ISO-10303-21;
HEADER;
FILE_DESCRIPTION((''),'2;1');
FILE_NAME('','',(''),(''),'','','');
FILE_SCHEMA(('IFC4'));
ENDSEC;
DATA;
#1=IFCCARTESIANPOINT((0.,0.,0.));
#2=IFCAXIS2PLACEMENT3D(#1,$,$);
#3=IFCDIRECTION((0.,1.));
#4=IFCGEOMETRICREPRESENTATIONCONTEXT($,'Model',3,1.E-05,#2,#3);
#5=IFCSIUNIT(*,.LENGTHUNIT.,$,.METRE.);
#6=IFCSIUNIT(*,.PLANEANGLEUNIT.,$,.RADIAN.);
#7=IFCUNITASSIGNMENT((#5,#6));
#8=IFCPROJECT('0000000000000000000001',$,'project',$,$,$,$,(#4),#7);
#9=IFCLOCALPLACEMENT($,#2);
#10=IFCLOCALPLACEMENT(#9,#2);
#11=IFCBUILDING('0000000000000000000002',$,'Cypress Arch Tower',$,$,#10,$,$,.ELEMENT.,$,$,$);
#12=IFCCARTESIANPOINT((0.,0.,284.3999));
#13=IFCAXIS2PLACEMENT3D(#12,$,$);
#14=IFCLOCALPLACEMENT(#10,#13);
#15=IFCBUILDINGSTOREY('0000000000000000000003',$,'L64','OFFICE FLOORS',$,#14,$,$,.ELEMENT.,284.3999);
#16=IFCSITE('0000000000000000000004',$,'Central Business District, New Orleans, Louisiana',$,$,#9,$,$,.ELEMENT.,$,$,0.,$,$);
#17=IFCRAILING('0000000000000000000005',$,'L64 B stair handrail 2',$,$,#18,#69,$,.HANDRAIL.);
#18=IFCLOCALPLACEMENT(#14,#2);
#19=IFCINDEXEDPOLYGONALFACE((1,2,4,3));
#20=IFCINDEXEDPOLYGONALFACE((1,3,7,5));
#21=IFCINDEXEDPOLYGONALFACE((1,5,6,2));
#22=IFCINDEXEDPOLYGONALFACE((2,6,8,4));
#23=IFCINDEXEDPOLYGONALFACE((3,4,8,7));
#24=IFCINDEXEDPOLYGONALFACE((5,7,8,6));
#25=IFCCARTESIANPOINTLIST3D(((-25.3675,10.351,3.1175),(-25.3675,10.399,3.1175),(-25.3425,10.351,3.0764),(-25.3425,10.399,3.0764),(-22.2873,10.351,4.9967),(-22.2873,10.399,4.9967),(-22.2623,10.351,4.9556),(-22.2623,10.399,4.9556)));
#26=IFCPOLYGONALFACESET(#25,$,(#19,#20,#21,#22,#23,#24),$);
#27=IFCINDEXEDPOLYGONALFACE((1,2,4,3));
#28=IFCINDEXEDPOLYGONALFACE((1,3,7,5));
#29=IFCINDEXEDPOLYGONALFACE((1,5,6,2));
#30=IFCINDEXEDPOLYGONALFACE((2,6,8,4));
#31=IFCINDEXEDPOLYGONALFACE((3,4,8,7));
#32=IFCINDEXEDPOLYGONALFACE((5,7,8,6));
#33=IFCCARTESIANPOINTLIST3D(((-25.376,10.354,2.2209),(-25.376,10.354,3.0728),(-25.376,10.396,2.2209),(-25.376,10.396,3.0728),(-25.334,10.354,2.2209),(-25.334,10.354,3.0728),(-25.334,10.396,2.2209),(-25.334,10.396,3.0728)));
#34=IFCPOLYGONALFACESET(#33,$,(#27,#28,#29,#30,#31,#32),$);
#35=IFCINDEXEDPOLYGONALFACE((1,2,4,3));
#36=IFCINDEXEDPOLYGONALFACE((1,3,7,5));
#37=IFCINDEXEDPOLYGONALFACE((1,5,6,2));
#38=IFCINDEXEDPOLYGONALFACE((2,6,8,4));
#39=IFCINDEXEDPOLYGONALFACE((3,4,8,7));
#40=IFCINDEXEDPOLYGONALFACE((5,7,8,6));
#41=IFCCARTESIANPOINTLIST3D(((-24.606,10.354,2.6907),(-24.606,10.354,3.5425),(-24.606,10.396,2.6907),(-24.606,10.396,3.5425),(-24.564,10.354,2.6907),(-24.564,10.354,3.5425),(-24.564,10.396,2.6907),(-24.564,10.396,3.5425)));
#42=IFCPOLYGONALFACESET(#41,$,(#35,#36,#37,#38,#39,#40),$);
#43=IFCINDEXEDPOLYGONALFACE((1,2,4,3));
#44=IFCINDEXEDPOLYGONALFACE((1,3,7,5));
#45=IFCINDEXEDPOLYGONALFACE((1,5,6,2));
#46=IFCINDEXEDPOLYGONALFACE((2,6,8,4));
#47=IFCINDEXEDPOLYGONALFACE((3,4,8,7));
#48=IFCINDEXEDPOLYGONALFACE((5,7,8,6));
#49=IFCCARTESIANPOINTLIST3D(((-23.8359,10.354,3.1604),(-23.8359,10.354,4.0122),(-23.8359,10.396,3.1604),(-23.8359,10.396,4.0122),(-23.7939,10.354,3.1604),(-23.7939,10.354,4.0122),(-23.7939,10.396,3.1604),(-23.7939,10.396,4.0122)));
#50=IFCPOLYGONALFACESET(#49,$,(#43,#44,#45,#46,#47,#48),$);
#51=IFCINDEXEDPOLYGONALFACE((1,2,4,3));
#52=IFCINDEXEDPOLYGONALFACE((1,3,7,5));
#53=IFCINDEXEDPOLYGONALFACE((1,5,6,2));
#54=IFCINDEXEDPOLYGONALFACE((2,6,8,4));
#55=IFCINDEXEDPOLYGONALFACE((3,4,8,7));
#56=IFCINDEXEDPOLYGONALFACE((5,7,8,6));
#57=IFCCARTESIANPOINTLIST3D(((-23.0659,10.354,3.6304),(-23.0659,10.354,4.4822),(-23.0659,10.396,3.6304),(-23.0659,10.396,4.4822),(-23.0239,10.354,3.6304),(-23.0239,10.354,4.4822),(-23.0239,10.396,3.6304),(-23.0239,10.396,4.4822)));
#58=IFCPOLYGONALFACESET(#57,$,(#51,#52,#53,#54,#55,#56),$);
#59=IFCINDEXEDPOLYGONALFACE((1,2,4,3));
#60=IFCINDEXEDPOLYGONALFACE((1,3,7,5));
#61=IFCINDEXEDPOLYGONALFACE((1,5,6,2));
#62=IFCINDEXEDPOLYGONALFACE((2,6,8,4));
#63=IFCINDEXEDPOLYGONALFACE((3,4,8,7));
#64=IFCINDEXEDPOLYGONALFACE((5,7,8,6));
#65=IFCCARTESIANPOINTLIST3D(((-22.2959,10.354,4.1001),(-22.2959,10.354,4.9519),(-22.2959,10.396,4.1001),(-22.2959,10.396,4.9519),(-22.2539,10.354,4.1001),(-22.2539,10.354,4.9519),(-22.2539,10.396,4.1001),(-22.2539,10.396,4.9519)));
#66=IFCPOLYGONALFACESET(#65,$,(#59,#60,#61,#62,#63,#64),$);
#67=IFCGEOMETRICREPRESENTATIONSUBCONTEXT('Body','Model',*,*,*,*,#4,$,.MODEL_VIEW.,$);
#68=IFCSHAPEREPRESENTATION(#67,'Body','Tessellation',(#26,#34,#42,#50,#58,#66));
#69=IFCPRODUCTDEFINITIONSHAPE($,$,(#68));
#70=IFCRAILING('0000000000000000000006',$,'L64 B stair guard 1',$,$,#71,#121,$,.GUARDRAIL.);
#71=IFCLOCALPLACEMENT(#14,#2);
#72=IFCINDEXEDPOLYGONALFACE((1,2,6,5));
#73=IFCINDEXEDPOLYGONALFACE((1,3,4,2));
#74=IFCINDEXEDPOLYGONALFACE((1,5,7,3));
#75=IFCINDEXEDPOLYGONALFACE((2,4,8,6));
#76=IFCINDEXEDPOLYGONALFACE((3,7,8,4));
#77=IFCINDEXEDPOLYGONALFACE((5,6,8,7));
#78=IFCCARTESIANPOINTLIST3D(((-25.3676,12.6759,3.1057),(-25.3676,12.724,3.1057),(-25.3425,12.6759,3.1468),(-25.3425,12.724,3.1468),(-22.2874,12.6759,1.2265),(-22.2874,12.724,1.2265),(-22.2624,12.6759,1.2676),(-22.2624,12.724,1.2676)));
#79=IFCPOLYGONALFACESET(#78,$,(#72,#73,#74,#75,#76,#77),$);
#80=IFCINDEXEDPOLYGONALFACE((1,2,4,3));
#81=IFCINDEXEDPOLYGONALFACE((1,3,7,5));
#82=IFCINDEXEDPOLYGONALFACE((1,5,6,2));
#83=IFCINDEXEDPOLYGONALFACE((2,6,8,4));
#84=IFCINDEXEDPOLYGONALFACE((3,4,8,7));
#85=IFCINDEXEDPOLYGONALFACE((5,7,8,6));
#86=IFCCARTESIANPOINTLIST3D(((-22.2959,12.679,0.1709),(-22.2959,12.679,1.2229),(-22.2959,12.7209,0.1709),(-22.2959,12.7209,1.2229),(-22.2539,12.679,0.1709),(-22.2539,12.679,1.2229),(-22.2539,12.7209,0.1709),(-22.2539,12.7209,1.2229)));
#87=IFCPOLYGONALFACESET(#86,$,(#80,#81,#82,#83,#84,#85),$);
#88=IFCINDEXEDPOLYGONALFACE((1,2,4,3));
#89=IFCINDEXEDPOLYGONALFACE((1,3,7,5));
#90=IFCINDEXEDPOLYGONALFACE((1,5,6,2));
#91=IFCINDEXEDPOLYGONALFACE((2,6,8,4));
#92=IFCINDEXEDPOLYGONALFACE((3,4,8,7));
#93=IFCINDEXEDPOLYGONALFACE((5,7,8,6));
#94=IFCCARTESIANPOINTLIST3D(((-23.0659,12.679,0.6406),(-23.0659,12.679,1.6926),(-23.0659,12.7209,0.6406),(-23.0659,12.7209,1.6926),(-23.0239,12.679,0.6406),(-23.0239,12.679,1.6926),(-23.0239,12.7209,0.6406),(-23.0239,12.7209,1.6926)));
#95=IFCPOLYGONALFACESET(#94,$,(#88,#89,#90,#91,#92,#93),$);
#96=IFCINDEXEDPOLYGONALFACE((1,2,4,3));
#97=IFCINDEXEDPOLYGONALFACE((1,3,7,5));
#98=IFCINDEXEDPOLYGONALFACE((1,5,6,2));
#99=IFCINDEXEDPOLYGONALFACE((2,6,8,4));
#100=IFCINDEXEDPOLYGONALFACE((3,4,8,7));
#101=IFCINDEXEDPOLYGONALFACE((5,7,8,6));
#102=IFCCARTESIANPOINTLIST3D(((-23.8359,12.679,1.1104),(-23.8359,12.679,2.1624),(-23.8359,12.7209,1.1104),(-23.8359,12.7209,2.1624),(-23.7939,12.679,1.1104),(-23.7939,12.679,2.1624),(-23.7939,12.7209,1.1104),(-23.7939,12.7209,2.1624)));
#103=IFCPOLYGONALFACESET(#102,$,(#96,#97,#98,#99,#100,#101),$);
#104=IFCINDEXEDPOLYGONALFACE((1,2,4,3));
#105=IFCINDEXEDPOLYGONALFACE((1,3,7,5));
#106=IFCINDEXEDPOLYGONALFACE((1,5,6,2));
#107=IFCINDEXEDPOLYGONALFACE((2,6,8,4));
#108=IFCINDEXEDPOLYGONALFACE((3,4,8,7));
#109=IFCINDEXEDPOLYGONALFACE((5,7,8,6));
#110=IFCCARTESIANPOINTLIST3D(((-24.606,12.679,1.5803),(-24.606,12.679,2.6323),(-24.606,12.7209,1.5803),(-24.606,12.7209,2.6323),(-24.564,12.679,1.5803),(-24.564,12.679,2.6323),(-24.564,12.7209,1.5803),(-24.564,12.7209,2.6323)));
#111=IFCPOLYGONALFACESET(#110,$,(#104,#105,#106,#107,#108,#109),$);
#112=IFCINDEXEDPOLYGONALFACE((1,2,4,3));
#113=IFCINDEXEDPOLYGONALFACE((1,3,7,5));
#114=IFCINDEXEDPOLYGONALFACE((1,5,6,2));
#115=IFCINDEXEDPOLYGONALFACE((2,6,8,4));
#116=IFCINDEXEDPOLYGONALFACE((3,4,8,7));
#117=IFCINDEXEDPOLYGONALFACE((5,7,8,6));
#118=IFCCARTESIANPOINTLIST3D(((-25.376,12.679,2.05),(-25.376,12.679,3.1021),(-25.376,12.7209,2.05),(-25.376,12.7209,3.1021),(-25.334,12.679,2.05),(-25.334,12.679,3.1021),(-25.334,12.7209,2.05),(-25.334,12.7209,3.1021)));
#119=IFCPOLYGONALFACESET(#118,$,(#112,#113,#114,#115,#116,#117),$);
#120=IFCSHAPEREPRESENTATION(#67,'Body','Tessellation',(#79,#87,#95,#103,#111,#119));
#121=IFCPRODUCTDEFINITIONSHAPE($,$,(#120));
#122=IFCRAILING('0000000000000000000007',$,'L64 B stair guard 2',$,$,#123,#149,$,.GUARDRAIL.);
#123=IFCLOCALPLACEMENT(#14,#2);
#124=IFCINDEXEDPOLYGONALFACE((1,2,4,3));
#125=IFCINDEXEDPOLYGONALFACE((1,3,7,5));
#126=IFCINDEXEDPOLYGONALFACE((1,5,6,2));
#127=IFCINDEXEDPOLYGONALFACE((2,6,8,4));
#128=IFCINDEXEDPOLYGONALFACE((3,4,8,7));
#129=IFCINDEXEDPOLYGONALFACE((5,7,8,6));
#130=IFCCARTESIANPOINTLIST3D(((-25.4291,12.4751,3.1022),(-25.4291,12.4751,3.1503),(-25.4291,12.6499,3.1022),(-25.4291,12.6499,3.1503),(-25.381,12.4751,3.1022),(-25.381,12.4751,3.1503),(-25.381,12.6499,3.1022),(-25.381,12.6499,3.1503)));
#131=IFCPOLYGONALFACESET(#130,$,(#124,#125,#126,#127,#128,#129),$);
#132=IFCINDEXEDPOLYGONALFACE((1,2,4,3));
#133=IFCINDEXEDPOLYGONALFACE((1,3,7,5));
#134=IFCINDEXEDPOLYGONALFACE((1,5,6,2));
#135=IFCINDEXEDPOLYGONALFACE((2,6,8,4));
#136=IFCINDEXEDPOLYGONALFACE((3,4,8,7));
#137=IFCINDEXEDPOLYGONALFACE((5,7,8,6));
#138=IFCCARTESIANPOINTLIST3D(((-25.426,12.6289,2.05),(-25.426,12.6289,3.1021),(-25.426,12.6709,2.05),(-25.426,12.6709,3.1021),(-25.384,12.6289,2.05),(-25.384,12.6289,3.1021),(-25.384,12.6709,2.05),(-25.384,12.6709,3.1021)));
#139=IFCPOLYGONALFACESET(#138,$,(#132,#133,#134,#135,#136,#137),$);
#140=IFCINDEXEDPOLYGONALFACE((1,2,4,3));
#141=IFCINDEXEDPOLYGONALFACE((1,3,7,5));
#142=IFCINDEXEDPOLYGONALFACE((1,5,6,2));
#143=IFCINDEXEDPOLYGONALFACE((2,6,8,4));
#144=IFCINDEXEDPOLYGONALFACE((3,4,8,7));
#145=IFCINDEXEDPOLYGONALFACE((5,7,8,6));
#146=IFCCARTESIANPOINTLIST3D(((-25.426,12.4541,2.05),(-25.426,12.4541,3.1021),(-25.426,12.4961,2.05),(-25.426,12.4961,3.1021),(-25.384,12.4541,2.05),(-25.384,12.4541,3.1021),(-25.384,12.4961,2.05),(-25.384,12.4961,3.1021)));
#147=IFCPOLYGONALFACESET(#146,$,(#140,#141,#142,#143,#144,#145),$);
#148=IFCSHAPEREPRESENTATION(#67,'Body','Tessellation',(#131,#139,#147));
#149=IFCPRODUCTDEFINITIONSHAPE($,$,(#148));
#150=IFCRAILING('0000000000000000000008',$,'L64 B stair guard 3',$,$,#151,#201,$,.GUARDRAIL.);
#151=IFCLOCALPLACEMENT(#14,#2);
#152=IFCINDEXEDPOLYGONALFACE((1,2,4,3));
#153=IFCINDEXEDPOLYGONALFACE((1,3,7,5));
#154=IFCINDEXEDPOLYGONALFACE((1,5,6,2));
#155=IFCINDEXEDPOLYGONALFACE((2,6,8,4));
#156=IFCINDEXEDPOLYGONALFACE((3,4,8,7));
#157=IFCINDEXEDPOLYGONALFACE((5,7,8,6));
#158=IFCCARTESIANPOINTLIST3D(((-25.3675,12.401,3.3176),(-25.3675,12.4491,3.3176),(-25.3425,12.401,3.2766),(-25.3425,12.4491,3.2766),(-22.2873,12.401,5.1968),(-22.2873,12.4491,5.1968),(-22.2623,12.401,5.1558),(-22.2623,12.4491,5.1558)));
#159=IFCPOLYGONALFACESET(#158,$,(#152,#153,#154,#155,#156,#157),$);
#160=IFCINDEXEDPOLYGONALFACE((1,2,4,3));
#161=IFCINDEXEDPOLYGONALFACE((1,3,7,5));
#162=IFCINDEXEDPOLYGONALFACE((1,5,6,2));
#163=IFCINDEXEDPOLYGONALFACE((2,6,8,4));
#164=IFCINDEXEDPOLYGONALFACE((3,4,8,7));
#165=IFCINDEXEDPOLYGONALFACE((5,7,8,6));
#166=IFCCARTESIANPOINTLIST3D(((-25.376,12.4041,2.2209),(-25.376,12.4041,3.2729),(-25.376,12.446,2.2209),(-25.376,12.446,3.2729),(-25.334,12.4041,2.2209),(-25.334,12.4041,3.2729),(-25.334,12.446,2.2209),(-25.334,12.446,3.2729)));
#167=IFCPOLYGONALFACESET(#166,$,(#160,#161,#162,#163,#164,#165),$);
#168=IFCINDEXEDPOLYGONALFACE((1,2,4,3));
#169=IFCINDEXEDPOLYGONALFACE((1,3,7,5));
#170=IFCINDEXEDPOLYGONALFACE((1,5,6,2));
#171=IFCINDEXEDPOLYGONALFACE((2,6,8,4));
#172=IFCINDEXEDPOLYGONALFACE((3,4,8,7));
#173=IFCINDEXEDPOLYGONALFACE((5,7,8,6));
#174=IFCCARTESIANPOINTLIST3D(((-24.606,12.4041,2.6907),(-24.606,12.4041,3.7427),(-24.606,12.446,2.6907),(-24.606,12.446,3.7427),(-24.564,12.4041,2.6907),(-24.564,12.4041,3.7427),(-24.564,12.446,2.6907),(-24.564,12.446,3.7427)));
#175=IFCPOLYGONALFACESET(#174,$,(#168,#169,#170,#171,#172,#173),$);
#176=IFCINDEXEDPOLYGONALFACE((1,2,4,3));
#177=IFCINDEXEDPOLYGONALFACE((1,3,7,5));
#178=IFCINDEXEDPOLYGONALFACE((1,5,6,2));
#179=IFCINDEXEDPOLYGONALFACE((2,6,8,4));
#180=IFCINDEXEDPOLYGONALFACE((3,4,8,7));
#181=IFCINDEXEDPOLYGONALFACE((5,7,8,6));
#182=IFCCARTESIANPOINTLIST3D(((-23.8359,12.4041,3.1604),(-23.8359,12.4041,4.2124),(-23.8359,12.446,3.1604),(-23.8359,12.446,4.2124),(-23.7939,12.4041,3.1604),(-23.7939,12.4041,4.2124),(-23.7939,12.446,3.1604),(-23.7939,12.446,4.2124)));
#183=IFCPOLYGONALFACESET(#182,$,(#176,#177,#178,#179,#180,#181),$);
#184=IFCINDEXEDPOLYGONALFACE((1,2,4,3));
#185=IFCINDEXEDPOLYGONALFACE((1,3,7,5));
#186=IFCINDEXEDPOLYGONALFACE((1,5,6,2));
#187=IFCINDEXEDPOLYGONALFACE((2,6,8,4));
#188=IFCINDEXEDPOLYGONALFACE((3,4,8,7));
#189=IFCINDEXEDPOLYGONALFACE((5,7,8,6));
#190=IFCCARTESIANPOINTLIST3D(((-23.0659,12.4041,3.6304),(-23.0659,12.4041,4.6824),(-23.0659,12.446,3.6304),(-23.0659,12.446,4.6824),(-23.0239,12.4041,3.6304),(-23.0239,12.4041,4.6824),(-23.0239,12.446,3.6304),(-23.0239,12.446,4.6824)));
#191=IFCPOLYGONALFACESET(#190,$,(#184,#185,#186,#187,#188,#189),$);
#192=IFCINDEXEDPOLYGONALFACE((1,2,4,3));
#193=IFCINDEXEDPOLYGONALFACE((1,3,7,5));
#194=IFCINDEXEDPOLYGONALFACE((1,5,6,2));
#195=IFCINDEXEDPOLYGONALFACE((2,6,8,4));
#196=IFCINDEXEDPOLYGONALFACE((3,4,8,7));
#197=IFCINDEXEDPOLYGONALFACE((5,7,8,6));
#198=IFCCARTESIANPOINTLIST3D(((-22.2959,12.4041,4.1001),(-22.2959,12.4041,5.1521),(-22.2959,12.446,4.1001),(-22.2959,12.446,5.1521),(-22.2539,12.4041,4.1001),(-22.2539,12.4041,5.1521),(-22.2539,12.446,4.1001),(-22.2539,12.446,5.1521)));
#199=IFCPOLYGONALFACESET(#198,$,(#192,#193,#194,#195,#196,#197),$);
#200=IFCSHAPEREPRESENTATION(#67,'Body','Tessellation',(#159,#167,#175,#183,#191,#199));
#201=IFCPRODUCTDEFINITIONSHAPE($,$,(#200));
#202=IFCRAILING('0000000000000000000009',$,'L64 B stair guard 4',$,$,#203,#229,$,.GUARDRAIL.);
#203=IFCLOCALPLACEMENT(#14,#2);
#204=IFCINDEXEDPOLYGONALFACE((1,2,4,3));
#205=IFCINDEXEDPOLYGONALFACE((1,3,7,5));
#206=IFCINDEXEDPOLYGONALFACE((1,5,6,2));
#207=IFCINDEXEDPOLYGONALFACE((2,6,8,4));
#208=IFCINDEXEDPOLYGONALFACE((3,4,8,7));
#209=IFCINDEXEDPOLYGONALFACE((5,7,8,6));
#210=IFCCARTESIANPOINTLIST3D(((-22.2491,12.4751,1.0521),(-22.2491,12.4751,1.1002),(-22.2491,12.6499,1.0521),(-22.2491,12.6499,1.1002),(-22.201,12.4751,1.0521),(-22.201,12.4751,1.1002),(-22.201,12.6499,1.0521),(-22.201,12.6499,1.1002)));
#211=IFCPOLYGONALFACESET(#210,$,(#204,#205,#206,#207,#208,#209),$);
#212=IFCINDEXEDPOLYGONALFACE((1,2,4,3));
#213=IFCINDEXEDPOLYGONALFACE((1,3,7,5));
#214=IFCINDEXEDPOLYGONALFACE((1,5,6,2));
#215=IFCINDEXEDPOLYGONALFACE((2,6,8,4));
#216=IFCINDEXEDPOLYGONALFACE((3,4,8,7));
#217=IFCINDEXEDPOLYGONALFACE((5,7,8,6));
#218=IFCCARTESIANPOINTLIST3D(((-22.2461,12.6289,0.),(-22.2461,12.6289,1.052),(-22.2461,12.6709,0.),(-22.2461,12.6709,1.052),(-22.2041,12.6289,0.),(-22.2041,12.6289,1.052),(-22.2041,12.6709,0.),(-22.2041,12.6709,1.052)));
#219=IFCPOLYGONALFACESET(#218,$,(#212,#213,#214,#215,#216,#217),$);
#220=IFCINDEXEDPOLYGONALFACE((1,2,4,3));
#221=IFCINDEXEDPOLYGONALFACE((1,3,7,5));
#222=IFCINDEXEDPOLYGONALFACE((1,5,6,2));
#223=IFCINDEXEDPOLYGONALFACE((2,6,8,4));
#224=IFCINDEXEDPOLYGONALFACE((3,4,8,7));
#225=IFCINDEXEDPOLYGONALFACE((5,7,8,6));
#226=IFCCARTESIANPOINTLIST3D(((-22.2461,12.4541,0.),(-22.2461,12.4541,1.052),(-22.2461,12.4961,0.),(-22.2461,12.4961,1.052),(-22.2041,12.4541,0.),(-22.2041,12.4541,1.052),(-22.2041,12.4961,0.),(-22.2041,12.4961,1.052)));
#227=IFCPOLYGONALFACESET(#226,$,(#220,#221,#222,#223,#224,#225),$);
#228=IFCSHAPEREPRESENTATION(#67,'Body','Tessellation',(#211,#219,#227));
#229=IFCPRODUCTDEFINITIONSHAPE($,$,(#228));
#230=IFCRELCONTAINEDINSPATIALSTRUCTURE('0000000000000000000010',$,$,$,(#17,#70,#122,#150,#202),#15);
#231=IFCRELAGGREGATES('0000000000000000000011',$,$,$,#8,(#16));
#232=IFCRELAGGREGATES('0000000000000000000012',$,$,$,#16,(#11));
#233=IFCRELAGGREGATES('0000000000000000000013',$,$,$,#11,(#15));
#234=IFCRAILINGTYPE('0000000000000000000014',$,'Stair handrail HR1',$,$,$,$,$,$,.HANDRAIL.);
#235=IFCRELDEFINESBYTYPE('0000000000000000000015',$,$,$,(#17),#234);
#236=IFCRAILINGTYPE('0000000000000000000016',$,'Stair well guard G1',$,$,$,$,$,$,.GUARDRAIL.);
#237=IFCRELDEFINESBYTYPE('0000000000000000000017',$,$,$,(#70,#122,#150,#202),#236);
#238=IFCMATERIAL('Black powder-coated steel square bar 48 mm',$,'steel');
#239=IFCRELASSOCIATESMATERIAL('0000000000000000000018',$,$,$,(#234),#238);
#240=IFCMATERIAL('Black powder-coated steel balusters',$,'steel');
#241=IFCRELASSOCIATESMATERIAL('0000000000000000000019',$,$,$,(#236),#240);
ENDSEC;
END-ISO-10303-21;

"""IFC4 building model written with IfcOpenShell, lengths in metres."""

from ifc_helpers import new_model, si_unit, direction, frame, origin, origin_2d, place, context, subcontext, project, spatial, rectangle, extrude, material, type_object, element, save


model = new_model("IFC4")

# Units and contexts
model_context = context("Model", 3, precision=1e-05, world=origin(), true_north=direction((0.0, 1.0)))
body_context = subcontext(model_context, "Body", "Model", "MODEL_VIEW")
ifc_project = project(units=[si_unit("LENGTHUNIT", "METRE"), si_unit("PLANEANGLEUNIT", "RADIAN")], contexts=[model_context])

# Site, building, storey
site_placement = place(None, origin())
site = spatial("IfcSite", under=ifc_project, at=site_placement, Name="Central Business District, New Orleans, Louisiana", CompositionType="ELEMENT", RefElevation=0.0)
building_placement = place(site_placement, origin())
building = spatial("IfcBuilding", under=site, at=building_placement, Name="Cypress Arch Tower", CompositionType="ELEMENT")
storey_placement = place(building_placement, frame((0.0, 0.0, 284.3999)))
storey = spatial("IfcBuildingStorey", under=building, at=storey_placement, Name="L64", Description="OFFICE FLOORS", CompositionType="ELEMENT", Elevation=284.3999)

# Railings
ifc_material_1 = material(Name="Black powder-coated steel square bar 48 mm", Category="steel")
railing_type_1 = type_object("IfcRailingType", Name="Stair handrail HR1", PredefinedType="HANDRAIL", material=ifc_material_1)
railing_1_placement = place(storey_placement, frame((-25.355, 10.375, 2.2209)))
element("IfcRailing", 1, at=railing_1_placement, inside=storey, type_object=railing_type_1, Name="L64 B stair handrail 2", PredefinedType="HANDRAIL", context=body_context, shape_type="SweptSolid", body=[
    extrude(rectangle(XDim=0.0481, YDim=0.0481, at=origin_2d()), frame((0.0, 0.0, 0.876), z_axis=(0.853666, 0.0, 0.52082), x_axis=(0.0, 1.0, 0.0)), (0.0, 0.0, 1.0), 3.6082),
    extrude(rectangle(XDim=0.042, YDim=0.042, at=origin_2d()), origin(), (0.0, 0.0, 1.0), 0.8518),
    extrude(rectangle(XDim=0.042, YDim=0.042, at=origin_2d()), frame((0.77, 0.0, 0.4697)), (0.0, 0.0, 1.0), 0.8518),
    extrude(rectangle(XDim=0.042, YDim=0.042, at=origin_2d()), frame((1.54, 0.0, 0.9395)), (0.0, 0.0, 1.0), 0.8518),
    extrude(rectangle(XDim=0.042, YDim=0.042, at=origin_2d()), frame((2.3101, 0.0, 1.4094)), (0.0, 0.0, 1.0), 0.8518),
    extrude(rectangle(XDim=0.042, YDim=0.042, at=origin_2d()), frame((3.0801, 0.0, 1.8792)), (0.0, 0.0, 1.0), 0.8518),
])
ifc_material_2 = material(Name="Black powder-coated steel balusters", Category="steel")
railing_type_2 = type_object("IfcRailingType", Name="Stair well guard G1", PredefinedType="GUARDRAIL", material=ifc_material_2)
railing_2_placement = place(storey_placement, frame((-22.2749, 12.7, 0.1709)))
element("IfcRailing", 2, at=railing_2_placement, inside=storey, type_object=railing_type_2, Name="L64 B stair guard 1", PredefinedType="GUARDRAIL", context=body_context, shape_type="SweptSolid", body=[
    extrude(rectangle(XDim=0.0481, YDim=0.0481, at=origin_2d()), frame((0.0, 0.0, 1.0762), z_axis=(-0.853666, 0.0, 0.52082), x_axis=(0.0, -1.0, 0.0)), (0.0, 0.0, 1.0), 3.6082),
    extrude(rectangle(XDim=0.042, YDim=0.042, at=origin_2d()), origin(), (0.0, 0.0, 1.0), 1.052),
    extrude(rectangle(XDim=0.042, YDim=0.042, at=origin_2d()), frame((-0.77, 0.0, 0.4697)), (0.0, 0.0, 1.0), 1.052),
    extrude(rectangle(XDim=0.042, YDim=0.042, at=origin_2d()), frame((-1.54, 0.0, 0.9395)), (0.0, 0.0, 1.0), 1.052),
    extrude(rectangle(XDim=0.042, YDim=0.042, at=origin_2d()), frame((-2.3101, 0.0, 1.4094)), (0.0, 0.0, 1.0), 1.052),
    extrude(rectangle(XDim=0.042, YDim=0.042, at=origin_2d()), frame((-3.0801, 0.0, 1.8792)), (0.0, 0.0, 1.0), 1.052),
])
railing_3_placement = place(storey_placement, frame((-25.405, 12.6499, 2.05)))
element("IfcRailing", 3, at=railing_3_placement, inside=storey, type_object=railing_type_2, Name="L64 B stair guard 2", PredefinedType="GUARDRAIL", context=body_context, shape_type="SweptSolid", body=[
    extrude(rectangle(XDim=0.0481, YDim=0.0481, at=origin_2d()), frame((0.0, 0.0, 1.0762), z_axis=(0.0, -1.0, 0.0), x_axis=(1.0, 0.0, 0.0)), (0.0, 0.0, 1.0), 0.1748),
    extrude(rectangle(XDim=0.042, YDim=0.042, at=origin_2d()), origin(), (0.0, 0.0, 1.0), 1.052),
    extrude(rectangle(XDim=0.042, YDim=0.042, at=origin_2d()), frame((0.0, -0.1748, 0.0)), (0.0, 0.0, 1.0), 1.052),
])
railing_4_placement = place(storey_placement, frame((-25.355, 12.425, 2.2209)))
element("IfcRailing", 4, at=railing_4_placement, inside=storey, type_object=railing_type_2, Name="L64 B stair guard 3", PredefinedType="GUARDRAIL", context=body_context, shape_type="SweptSolid", body=[
    extrude(rectangle(XDim=0.0481, YDim=0.0481, at=origin_2d()), frame((0.0, 0.0, 1.0762), z_axis=(0.853666, 0.0, 0.52082), x_axis=(0.0, 1.0, 0.0)), (0.0, 0.0, 1.0), 3.6082),
    extrude(rectangle(XDim=0.042, YDim=0.042, at=origin_2d()), origin(), (0.0, 0.0, 1.0), 1.052),
    extrude(rectangle(XDim=0.042, YDim=0.042, at=origin_2d()), frame((0.77, 0.0, 0.4697)), (0.0, 0.0, 1.0), 1.052),
    extrude(rectangle(XDim=0.042, YDim=0.042, at=origin_2d()), frame((1.54, 0.0, 0.9395)), (0.0, 0.0, 1.0), 1.052),
    extrude(rectangle(XDim=0.042, YDim=0.042, at=origin_2d()), frame((2.3101, 0.0, 1.4094)), (0.0, 0.0, 1.0), 1.052),
    extrude(rectangle(XDim=0.042, YDim=0.042, at=origin_2d()), frame((3.0801, 0.0, 1.8792)), (0.0, 0.0, 1.0), 1.052),
])
railing_5_placement = place(storey_placement, frame((-22.2251, 12.6499, 0.0)))
element("IfcRailing", 5, at=railing_5_placement, inside=storey, type_object=railing_type_2, Name="L64 B stair guard 4", PredefinedType="GUARDRAIL", context=body_context, shape_type="SweptSolid", body=[
    extrude(rectangle(XDim=0.0481, YDim=0.0481, at=origin_2d()), frame((0.0, 0.0, 1.0762), z_axis=(0.0, -1.0, 0.0), x_axis=(1.0, 0.0, 0.0)), (0.0, 0.0, 1.0), 0.1748),
    extrude(rectangle(XDim=0.042, YDim=0.042, at=origin_2d()), origin(), (0.0, 0.0, 1.0), 1.052),
    extrude(rectangle(XDim=0.042, YDim=0.042, at=origin_2d()), frame((0.0, -0.1748, 0.0)), (0.0, 0.0, 1.0), 1.052),
])

save(model, "model.ifc")
